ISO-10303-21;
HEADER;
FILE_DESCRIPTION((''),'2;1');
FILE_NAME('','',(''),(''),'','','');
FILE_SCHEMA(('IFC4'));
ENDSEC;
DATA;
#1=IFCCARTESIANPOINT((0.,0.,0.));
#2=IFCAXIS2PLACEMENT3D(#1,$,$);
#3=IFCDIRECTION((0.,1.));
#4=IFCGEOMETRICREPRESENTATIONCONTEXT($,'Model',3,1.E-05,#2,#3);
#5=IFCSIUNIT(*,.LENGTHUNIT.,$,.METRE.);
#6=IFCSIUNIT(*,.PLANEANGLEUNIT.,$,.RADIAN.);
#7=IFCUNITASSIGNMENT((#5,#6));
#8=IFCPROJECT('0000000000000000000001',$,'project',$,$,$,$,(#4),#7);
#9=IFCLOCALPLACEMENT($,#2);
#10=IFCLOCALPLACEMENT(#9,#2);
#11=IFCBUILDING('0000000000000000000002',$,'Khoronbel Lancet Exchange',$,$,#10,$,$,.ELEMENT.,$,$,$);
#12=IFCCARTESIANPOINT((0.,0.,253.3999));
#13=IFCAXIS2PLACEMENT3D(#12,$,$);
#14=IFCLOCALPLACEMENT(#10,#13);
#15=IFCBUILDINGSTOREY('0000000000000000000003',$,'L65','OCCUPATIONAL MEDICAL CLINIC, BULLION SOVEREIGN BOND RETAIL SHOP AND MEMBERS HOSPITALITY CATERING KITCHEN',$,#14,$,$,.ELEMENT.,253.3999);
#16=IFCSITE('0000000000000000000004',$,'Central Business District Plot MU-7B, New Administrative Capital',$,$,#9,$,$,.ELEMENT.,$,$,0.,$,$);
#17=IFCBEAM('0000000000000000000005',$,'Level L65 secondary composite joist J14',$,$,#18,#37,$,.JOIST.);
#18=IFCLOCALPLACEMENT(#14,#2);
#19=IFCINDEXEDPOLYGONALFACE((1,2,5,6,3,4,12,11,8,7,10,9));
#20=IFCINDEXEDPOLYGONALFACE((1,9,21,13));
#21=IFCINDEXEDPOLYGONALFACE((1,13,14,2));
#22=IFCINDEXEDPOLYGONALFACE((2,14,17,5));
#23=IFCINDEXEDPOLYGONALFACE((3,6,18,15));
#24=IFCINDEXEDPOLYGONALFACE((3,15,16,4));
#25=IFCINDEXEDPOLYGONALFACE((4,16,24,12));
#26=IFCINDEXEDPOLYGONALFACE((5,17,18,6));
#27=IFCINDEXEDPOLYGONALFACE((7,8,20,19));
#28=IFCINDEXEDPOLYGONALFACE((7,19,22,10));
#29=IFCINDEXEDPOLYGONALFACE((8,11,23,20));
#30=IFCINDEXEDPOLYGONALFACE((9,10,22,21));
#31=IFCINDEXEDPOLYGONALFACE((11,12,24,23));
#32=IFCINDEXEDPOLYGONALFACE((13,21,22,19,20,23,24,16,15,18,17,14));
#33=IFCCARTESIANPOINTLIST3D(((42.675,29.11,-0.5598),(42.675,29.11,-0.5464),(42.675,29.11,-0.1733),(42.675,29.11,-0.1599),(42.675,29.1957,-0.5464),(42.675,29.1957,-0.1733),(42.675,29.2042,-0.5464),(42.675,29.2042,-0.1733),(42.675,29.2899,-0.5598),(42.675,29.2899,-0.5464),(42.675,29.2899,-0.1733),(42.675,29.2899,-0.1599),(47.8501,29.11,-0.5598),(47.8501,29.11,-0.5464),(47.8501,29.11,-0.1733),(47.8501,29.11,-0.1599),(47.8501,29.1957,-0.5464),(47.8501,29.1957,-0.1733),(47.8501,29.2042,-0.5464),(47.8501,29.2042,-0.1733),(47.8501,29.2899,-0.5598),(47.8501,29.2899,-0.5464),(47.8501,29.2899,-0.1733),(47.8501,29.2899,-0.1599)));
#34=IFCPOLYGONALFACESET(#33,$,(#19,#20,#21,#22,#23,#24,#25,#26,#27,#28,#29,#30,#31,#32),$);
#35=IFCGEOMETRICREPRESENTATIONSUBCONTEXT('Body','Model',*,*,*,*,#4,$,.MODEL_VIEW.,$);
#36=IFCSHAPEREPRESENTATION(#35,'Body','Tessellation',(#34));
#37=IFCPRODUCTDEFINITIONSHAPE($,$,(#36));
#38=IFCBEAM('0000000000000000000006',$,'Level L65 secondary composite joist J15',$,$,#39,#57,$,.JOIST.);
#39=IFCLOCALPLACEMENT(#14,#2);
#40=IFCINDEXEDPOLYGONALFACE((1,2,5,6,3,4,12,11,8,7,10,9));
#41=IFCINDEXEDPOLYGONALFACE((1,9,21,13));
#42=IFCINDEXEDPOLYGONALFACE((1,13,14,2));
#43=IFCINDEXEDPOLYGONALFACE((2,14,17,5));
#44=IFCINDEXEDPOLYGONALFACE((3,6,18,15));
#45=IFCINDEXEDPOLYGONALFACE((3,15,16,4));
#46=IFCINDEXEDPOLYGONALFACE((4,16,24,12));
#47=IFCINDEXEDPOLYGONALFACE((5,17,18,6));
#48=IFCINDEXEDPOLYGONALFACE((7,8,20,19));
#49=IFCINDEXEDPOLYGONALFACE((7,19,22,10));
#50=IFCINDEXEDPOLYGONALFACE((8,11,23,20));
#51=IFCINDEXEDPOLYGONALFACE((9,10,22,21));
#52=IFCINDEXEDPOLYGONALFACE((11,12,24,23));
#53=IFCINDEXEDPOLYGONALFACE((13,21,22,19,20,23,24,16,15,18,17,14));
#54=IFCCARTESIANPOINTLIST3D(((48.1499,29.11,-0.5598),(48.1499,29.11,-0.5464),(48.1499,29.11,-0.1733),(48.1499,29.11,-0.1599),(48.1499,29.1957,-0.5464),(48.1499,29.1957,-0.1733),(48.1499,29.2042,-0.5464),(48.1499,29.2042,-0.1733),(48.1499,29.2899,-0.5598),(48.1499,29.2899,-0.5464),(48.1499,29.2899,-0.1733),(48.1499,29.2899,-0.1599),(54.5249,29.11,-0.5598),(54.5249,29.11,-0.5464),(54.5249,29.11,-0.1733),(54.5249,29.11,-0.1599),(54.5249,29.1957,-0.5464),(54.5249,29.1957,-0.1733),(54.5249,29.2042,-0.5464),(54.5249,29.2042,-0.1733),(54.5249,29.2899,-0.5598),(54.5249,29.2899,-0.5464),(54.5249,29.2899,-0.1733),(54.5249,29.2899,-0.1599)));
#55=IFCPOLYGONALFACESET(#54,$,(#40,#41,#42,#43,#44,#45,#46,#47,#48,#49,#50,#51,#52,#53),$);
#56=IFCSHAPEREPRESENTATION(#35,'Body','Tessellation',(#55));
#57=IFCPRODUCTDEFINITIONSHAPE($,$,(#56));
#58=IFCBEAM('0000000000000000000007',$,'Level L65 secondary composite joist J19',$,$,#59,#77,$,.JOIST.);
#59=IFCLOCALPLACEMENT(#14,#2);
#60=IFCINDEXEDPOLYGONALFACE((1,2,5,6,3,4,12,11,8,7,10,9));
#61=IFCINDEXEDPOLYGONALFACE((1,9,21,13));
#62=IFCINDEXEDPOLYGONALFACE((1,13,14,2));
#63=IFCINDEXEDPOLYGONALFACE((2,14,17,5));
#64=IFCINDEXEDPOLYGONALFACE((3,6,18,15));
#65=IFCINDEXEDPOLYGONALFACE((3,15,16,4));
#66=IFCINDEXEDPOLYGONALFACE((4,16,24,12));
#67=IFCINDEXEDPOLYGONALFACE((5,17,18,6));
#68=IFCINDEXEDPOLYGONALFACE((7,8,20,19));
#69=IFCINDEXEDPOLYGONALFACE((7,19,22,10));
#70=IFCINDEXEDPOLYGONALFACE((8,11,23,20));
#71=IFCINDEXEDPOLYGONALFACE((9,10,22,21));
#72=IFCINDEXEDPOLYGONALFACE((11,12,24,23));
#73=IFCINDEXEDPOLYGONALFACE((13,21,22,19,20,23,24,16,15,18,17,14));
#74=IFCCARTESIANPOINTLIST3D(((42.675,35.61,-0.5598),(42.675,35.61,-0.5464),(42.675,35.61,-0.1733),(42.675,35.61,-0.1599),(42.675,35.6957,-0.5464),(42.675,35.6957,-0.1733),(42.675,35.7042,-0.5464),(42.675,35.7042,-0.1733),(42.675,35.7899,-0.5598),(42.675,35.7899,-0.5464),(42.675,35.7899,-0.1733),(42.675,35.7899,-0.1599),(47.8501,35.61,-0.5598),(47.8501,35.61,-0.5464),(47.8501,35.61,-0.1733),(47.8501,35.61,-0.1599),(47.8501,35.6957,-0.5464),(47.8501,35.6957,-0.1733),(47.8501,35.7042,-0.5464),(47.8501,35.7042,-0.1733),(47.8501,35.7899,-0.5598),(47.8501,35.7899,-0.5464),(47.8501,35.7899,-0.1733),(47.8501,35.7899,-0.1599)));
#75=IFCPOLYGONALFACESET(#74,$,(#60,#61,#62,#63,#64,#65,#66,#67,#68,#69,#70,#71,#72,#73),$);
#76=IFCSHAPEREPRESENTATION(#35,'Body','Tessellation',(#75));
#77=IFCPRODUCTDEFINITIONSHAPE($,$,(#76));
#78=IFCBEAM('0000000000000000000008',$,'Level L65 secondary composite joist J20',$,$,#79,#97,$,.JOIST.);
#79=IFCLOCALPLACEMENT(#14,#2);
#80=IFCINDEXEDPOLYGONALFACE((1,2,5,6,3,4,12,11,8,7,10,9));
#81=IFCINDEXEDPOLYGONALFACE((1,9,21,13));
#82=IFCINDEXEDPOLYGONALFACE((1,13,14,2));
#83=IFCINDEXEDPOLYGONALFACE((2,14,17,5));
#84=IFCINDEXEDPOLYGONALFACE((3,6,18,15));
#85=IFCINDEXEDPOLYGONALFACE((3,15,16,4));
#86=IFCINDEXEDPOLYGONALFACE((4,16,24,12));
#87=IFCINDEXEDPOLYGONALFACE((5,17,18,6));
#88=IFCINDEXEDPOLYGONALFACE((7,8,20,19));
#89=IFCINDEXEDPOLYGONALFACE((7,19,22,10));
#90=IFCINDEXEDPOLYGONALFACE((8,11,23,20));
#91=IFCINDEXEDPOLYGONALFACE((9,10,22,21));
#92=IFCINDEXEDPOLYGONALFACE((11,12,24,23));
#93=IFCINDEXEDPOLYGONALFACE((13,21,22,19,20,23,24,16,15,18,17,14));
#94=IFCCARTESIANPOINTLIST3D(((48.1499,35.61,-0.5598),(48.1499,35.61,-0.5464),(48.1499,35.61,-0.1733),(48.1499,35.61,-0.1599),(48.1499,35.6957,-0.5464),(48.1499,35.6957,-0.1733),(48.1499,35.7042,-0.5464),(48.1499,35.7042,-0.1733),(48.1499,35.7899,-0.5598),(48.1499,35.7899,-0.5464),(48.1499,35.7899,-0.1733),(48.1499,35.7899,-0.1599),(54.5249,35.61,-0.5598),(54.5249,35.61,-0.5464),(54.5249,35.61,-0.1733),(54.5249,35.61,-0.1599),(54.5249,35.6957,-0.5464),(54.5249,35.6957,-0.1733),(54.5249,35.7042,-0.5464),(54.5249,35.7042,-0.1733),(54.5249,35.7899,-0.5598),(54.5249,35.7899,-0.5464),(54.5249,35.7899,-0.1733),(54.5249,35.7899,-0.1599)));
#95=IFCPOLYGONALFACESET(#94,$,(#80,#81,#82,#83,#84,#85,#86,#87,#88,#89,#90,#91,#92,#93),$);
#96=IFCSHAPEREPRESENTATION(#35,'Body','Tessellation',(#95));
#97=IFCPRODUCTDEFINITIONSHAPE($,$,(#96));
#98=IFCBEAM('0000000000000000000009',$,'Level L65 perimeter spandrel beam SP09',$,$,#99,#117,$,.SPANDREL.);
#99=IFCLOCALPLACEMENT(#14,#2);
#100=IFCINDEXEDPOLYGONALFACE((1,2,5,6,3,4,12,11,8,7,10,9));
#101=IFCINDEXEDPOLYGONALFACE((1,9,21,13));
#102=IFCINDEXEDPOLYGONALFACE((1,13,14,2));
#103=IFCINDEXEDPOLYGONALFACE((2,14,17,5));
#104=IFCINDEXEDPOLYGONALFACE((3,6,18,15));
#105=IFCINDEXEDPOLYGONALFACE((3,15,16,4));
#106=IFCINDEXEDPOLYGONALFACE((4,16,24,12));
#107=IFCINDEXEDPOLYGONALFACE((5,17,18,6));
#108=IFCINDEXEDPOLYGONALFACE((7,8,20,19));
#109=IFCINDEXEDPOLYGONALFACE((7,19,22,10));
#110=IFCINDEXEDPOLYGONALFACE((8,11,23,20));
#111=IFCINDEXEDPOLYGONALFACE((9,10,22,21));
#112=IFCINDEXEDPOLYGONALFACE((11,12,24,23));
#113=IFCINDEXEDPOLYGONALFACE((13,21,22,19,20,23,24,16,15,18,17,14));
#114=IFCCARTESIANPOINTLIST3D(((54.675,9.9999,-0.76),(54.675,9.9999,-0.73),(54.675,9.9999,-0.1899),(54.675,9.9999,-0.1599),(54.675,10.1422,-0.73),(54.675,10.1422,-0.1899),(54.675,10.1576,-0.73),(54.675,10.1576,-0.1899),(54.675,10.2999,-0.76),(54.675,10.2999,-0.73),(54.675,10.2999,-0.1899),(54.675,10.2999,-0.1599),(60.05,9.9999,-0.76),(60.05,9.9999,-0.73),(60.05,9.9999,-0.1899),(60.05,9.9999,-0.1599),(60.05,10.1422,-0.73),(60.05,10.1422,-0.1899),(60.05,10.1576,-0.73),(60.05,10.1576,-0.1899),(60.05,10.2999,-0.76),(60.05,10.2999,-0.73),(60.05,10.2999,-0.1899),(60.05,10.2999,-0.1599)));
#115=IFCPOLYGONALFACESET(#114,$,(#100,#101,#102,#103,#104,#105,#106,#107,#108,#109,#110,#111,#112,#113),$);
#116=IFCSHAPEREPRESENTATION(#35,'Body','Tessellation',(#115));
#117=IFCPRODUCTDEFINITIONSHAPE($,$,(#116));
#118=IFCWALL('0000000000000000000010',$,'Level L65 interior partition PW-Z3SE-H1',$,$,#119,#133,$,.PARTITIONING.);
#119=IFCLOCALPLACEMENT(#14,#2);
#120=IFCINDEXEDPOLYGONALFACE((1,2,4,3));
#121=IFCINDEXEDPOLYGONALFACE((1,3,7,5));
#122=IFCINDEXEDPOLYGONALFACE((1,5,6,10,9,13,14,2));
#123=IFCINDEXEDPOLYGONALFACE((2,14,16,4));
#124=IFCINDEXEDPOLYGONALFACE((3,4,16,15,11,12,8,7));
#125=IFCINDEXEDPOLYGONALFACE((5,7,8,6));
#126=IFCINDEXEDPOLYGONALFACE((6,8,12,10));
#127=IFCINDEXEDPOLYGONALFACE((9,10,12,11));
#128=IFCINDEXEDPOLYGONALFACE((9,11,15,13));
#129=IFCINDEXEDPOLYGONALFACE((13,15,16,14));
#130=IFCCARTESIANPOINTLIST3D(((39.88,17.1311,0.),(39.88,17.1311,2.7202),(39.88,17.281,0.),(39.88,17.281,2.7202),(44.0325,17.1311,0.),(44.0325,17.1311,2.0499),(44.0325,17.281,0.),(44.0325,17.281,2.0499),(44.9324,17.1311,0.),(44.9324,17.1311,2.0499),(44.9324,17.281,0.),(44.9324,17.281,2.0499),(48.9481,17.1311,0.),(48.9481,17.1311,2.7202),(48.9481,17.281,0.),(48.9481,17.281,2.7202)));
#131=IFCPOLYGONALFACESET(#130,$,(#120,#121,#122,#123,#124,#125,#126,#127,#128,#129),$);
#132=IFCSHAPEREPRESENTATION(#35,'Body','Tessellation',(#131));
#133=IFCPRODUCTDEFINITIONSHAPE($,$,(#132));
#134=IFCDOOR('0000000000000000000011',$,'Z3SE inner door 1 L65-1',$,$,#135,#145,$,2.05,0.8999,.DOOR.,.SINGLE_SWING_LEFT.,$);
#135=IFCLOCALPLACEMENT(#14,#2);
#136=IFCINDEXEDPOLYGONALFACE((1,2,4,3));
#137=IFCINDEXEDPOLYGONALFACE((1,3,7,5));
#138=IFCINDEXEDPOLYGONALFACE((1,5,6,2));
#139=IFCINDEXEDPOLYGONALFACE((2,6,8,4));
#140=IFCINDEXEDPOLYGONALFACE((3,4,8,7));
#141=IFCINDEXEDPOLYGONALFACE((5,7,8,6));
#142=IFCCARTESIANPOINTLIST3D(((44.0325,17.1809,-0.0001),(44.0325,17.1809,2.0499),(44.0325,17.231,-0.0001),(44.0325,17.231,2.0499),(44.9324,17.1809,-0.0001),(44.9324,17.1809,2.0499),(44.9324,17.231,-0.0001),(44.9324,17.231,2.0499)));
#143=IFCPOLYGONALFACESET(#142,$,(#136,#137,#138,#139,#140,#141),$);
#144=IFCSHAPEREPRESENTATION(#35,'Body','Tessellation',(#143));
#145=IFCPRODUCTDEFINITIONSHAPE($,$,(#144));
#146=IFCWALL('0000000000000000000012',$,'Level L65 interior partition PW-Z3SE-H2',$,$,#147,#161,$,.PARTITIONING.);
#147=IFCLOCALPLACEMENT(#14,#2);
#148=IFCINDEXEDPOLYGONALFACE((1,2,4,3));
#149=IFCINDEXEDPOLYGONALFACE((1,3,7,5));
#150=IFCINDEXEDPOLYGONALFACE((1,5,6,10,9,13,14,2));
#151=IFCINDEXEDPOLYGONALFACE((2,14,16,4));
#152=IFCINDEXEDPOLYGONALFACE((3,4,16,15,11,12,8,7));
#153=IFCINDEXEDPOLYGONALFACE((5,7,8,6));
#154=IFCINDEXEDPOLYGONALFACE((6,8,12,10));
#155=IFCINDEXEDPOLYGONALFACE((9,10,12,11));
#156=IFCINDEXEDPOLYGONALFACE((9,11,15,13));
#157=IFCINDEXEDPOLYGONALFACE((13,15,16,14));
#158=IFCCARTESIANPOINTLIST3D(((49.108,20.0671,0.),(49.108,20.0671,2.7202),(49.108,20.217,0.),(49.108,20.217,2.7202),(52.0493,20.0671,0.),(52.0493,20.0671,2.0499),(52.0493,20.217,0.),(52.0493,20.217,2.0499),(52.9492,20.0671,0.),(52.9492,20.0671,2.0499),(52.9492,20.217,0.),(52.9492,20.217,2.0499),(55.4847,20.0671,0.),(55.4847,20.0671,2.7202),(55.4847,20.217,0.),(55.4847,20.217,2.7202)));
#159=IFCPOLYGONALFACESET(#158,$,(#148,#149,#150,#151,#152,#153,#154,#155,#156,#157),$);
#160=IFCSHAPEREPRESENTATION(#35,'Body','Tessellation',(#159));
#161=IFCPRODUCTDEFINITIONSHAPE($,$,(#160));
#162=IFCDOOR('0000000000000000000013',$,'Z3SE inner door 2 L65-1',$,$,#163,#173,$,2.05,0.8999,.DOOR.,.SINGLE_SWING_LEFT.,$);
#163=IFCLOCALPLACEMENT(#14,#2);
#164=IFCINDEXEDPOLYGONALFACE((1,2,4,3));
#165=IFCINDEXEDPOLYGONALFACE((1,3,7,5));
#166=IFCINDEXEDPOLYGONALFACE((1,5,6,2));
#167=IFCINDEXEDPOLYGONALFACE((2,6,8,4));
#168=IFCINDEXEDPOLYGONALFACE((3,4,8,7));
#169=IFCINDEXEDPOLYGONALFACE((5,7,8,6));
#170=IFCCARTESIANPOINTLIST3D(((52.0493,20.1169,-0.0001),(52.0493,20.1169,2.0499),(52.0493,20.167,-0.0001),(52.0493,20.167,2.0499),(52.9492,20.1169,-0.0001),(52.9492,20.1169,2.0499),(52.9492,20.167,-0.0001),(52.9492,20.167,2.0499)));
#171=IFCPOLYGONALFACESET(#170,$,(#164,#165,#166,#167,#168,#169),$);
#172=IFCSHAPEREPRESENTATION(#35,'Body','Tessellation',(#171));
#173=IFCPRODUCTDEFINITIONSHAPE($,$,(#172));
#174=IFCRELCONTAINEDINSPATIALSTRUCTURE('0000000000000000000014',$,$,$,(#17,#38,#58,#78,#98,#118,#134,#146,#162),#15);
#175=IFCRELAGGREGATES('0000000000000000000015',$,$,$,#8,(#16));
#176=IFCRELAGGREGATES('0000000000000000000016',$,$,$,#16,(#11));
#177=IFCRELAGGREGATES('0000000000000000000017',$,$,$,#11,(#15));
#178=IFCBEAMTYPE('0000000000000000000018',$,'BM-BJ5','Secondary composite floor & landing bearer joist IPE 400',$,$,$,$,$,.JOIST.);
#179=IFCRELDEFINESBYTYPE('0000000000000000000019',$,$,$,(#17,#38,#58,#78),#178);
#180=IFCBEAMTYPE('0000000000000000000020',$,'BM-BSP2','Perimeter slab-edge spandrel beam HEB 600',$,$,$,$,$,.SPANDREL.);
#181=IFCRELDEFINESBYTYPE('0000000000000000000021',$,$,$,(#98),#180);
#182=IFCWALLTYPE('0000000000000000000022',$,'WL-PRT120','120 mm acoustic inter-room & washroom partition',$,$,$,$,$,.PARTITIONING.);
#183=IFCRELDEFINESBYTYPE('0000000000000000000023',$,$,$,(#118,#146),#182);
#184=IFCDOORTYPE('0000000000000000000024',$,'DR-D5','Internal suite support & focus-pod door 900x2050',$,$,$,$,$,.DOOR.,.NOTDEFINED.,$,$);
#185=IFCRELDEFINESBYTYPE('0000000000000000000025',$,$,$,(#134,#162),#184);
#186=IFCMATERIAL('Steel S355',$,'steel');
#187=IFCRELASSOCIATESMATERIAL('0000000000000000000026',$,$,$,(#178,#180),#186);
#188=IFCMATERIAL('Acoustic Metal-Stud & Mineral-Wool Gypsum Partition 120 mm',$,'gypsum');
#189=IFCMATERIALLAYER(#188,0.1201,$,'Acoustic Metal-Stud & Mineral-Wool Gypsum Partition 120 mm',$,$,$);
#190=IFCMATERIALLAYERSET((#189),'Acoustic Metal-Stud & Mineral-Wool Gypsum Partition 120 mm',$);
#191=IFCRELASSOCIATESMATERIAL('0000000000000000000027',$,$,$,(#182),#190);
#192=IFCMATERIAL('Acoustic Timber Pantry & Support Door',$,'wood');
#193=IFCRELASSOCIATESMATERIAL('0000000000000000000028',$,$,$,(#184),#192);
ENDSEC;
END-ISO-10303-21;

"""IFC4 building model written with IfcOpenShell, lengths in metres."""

from ifc_helpers import new_model, si_unit, direction, frame, frame_2d, origin, origin_2d, place, context, subcontext, project, spatial, rectangle, i_section, extrude, material, layer, layer_set, material_profile, profile_set, type_object, element, fill, save


model = new_model("IFC4")

# Units and contexts
model_context = context("Model", 3, precision=1e-05, world=origin(), true_north=direction((0.0, 1.0)))
body_context = subcontext(model_context, "Body", "Model", "MODEL_VIEW")
ifc_project = project(units=[si_unit("LENGTHUNIT", "METRE"), si_unit("PLANEANGLEUNIT", "RADIAN")], contexts=[model_context])

# Site, building, storey
site_placement = place(None, origin())
site = spatial("IfcSite", under=ifc_project, at=site_placement, Name="Central Business District Plot MU-7B, New Administrative Capital", CompositionType="ELEMENT", RefElevation=0.0)
building_placement = place(site_placement, origin())
building = spatial("IfcBuilding", under=site, at=building_placement, Name="Khoronbel Lancet Exchange", CompositionType="ELEMENT")
storey_placement = place(building_placement, frame((0.0, 0.0, 253.3999)))
storey = spatial("IfcBuildingStorey", under=building, at=storey_placement, Name="L65", Description="OCCUPATIONAL MEDICAL CLINIC, BULLION SOVEREIGN BOND RETAIL SHOP AND MEMBERS HOSPITALITY CATERING KITCHEN", CompositionType="ELEMENT", Elevation=253.3999)

# Shared definitions
ifc_material_1 = material(Name="Steel S355", Category="steel")

# Beams
ifc_material_profile_1 = material_profile(ifc_material_1, i_section(OverallWidth=0.1799, OverallDepth=0.3999, WebThickness=0.0085, FlangeThickness=0.0134, at=origin_2d()), Name="IPE 400")
ifc_profile_set_1 = profile_set([ifc_material_profile_1], Name="Steel S355")
beam_type_1 = type_object("IfcBeamType", Name="BM-BJ5", Description="Secondary composite floor & landing bearer joist IPE 400", PredefinedType="JOIST", material=ifc_profile_set_1)
beam_1_placement = place(storey_placement, frame((42.675, 29.2, -0.3599), z_axis=(1.0, 0.0, 0.0), x_axis=(0.0, 1.0, 0.0)))
element("IfcBeam", 1, at=beam_1_placement, inside=storey, type_object=beam_type_1, Name="Level L65 secondary composite joist J14", PredefinedType="JOIST", context=body_context, shape_type="SweptSolid", body=[
    extrude(i_section(OverallWidth=0.1799, OverallDepth=0.3999, WebThickness=0.0085, FlangeThickness=0.0134, at=origin_2d()), origin(), (0.0, 0.0, 1.0), 5.175),
])
beam_2_placement = place(storey_placement, frame((48.1499, 29.2, -0.3599), z_axis=(1.0, 0.0, 0.0), x_axis=(0.0, 1.0, 0.0)))
element("IfcBeam", 2, at=beam_2_placement, inside=storey, type_object=beam_type_1, Name="Level L65 secondary composite joist J15", PredefinedType="JOIST", context=body_context, shape_type="SweptSolid", body=[
    extrude(i_section(OverallWidth=0.1799, OverallDepth=0.3999, WebThickness=0.0085, FlangeThickness=0.0134, at=origin_2d()), origin(), (0.0, 0.0, 1.0), 6.375),
])
beam_3_placement = place(storey_placement, frame((42.675, 35.7, -0.3599), z_axis=(1.0, 0.0, 0.0), x_axis=(0.0, 1.0, 0.0)))
element("IfcBeam", 3, at=beam_3_placement, inside=storey, type_object=beam_type_1, Name="Level L65 secondary composite joist J19", PredefinedType="JOIST", context=body_context, shape_type="SweptSolid", body=[
    extrude(i_section(OverallWidth=0.1799, OverallDepth=0.3999, WebThickness=0.0085, FlangeThickness=0.0134, at=origin_2d()), origin(), (0.0, 0.0, 1.0), 5.175),
])
beam_4_placement = place(storey_placement, frame((48.1499, 35.7, -0.3599), z_axis=(1.0, 0.0, 0.0), x_axis=(0.0, 1.0, 0.0)))
element("IfcBeam", 4, at=beam_4_placement, inside=storey, type_object=beam_type_1, Name="Level L65 secondary composite joist J20", PredefinedType="JOIST", context=body_context, shape_type="SweptSolid", body=[
    extrude(i_section(OverallWidth=0.1799, OverallDepth=0.3999, WebThickness=0.0085, FlangeThickness=0.0134, at=origin_2d()), origin(), (0.0, 0.0, 1.0), 6.375),
])
ifc_material_profile_2 = material_profile(ifc_material_1, i_section(OverallWidth=0.3, OverallDepth=0.6001, WebThickness=0.0154, FlangeThickness=0.03, at=origin_2d()), Name="HEB 600")
ifc_profile_set_2 = profile_set([ifc_material_profile_2], Name="Steel S355")
beam_type_2 = type_object("IfcBeamType", Name="BM-BSP2", Description="Perimeter slab-edge spandrel beam HEB 600", PredefinedType="SPANDREL", material=ifc_profile_set_2)
beam_5_placement = place(storey_placement, frame((54.675, 10.1499, -0.46), z_axis=(1.0, 0.0, 0.0), x_axis=(0.0, 1.0, 0.0)))
element("IfcBeam", 5, at=beam_5_placement, inside=storey, type_object=beam_type_2, Name="Level L65 perimeter spandrel beam SP09", PredefinedType="SPANDREL", context=body_context, shape_type="SweptSolid", body=[
    extrude(i_section(OverallWidth=0.3, OverallDepth=0.6001, WebThickness=0.0154, FlangeThickness=0.03, at=origin_2d()), origin(), (0.0, 0.0, 1.0), 5.375),
])

# Walls, openings, doors
ifc_material_2 = material(Name="Acoustic Metal-Stud & Mineral-Wool Gypsum Partition 120 mm", Category="gypsum")
ifc_layer_1 = layer(ifc_material_2, 0.1201, Name="Acoustic Metal-Stud & Mineral-Wool Gypsum Partition 120 mm")
ifc_layer_set_1 = layer_set([ifc_layer_1], Name="Acoustic Metal-Stud & Mineral-Wool Gypsum Partition 120 mm")
wall_type_1 = type_object("IfcWallType", Name="WL-PRT120", Description="120 mm acoustic inter-room & washroom partition", PredefinedType="PARTITIONING", material=ifc_layer_set_1)
wall_1_placement = place(storey_placement, frame((39.8799, 17.2061, 0.0), z_axis=(0.0, 0.0, 1.0), x_axis=(1.0, 0.0, 0.0)))
wall_1 = element("IfcWall", 6, at=wall_1_placement, inside=storey, type_object=wall_type_1, Name="Level L65 interior partition PW-Z3SE-H1", PredefinedType="PARTITIONING", context=body_context, shape_type="SweptSolid", body=[
    extrude(rectangle(XDim=9.0681, YDim=0.1499, at=frame_2d((4.5342, 0.0))), origin(), (0.0, 0.0, 1.0), 2.7202),
])
opening_1_placement = place(wall_1_placement, frame((4.1526, 0.0, 0.0)))
opening_1 = element("IfcOpeningElement", 7, at=opening_1_placement, cuts=wall_1, PredefinedType="OPENING", context=body_context, shape_type="SweptSolid", body=[
    extrude(rectangle(XDim=0.8999, YDim=2.05, at=frame_2d((0.45, 1.0249))), frame((0.0, 0.085, 0.0), z_axis=(0.0, -1.0, 0.0), x_axis=(1.0, 0.0, 0.0)), (0.0, 0.0, 1.0), 0.1699),
])
ifc_material_3 = material(Name="Acoustic Timber Pantry & Support Door", Category="wood")
door_type_1 = type_object("IfcDoorType", Name="DR-D5", Description="Internal suite support & focus-pod door 900x2050", OperationType="NOTDEFINED", PredefinedType="DOOR", material=ifc_material_3)
door_1_placement = place(opening_1_placement, origin())
door_1 = element("IfcDoor", 8, at=door_1_placement, inside=storey, type_object=door_type_1, Name="Z3SE inner door 1 L65-1", OperationType="SINGLE_SWING_LEFT", OverallHeight=2.05, OverallWidth=0.8999, PredefinedType="DOOR", context=body_context, shape_type="SweptSolid", body=[
    extrude(rectangle(XDim=0.8999, YDim=2.05, at=frame_2d((0.45, 1.0249))), frame((0.0, 0.0249, 0.0), z_axis=(0.0, -1.0, 0.0), x_axis=(1.0, 0.0, 0.0)), (0.0, 0.0, 1.0), 0.05),
])
fill(opening_1, door_1)
wall_2_placement = place(storey_placement, frame((49.1079, 20.1421, 0.0), z_axis=(0.0, 0.0, 1.0), x_axis=(1.0, 0.0, 0.0)))
wall_2 = element("IfcWall", 9, at=wall_2_placement, inside=storey, type_object=wall_type_1, Name="Level L65 interior partition PW-Z3SE-H2", PredefinedType="PARTITIONING", context=body_context, shape_type="SweptSolid", body=[
    extrude(rectangle(XDim=6.3767, YDim=0.1499, at=frame_2d((3.1885, 0.0))), origin(), (0.0, 0.0, 1.0), 2.7202),
])
opening_2_placement = place(wall_2_placement, frame((2.9414, 0.0, 0.0)))
opening_2 = element("IfcOpeningElement", 10, at=opening_2_placement, cuts=wall_2, PredefinedType="OPENING", context=body_context, shape_type="SweptSolid", body=[
    extrude(rectangle(XDim=0.8999, YDim=2.05, at=frame_2d((0.45, 1.0249))), frame((0.0, 0.085, 0.0), z_axis=(0.0, -1.0, 0.0), x_axis=(1.0, 0.0, 0.0)), (0.0, 0.0, 1.0), 0.1699),
])
door_2_placement = place(opening_2_placement, origin())
door_2 = element("IfcDoor", 11, at=door_2_placement, inside=storey, type_object=door_type_1, Name="Z3SE inner door 2 L65-1", OperationType="SINGLE_SWING_LEFT", OverallHeight=2.05, OverallWidth=0.8999, PredefinedType="DOOR", context=body_context, shape_type="SweptSolid", body=[
    extrude(rectangle(XDim=0.8999, YDim=2.05, at=frame_2d((0.45, 1.0249))), frame((0.0, 0.0249, 0.0), z_axis=(0.0, -1.0, 0.0), x_axis=(1.0, 0.0, 0.0)), (0.0, 0.0, 1.0), 0.05),
])
fill(opening_2, door_2)

save(model, "model.ifc")
